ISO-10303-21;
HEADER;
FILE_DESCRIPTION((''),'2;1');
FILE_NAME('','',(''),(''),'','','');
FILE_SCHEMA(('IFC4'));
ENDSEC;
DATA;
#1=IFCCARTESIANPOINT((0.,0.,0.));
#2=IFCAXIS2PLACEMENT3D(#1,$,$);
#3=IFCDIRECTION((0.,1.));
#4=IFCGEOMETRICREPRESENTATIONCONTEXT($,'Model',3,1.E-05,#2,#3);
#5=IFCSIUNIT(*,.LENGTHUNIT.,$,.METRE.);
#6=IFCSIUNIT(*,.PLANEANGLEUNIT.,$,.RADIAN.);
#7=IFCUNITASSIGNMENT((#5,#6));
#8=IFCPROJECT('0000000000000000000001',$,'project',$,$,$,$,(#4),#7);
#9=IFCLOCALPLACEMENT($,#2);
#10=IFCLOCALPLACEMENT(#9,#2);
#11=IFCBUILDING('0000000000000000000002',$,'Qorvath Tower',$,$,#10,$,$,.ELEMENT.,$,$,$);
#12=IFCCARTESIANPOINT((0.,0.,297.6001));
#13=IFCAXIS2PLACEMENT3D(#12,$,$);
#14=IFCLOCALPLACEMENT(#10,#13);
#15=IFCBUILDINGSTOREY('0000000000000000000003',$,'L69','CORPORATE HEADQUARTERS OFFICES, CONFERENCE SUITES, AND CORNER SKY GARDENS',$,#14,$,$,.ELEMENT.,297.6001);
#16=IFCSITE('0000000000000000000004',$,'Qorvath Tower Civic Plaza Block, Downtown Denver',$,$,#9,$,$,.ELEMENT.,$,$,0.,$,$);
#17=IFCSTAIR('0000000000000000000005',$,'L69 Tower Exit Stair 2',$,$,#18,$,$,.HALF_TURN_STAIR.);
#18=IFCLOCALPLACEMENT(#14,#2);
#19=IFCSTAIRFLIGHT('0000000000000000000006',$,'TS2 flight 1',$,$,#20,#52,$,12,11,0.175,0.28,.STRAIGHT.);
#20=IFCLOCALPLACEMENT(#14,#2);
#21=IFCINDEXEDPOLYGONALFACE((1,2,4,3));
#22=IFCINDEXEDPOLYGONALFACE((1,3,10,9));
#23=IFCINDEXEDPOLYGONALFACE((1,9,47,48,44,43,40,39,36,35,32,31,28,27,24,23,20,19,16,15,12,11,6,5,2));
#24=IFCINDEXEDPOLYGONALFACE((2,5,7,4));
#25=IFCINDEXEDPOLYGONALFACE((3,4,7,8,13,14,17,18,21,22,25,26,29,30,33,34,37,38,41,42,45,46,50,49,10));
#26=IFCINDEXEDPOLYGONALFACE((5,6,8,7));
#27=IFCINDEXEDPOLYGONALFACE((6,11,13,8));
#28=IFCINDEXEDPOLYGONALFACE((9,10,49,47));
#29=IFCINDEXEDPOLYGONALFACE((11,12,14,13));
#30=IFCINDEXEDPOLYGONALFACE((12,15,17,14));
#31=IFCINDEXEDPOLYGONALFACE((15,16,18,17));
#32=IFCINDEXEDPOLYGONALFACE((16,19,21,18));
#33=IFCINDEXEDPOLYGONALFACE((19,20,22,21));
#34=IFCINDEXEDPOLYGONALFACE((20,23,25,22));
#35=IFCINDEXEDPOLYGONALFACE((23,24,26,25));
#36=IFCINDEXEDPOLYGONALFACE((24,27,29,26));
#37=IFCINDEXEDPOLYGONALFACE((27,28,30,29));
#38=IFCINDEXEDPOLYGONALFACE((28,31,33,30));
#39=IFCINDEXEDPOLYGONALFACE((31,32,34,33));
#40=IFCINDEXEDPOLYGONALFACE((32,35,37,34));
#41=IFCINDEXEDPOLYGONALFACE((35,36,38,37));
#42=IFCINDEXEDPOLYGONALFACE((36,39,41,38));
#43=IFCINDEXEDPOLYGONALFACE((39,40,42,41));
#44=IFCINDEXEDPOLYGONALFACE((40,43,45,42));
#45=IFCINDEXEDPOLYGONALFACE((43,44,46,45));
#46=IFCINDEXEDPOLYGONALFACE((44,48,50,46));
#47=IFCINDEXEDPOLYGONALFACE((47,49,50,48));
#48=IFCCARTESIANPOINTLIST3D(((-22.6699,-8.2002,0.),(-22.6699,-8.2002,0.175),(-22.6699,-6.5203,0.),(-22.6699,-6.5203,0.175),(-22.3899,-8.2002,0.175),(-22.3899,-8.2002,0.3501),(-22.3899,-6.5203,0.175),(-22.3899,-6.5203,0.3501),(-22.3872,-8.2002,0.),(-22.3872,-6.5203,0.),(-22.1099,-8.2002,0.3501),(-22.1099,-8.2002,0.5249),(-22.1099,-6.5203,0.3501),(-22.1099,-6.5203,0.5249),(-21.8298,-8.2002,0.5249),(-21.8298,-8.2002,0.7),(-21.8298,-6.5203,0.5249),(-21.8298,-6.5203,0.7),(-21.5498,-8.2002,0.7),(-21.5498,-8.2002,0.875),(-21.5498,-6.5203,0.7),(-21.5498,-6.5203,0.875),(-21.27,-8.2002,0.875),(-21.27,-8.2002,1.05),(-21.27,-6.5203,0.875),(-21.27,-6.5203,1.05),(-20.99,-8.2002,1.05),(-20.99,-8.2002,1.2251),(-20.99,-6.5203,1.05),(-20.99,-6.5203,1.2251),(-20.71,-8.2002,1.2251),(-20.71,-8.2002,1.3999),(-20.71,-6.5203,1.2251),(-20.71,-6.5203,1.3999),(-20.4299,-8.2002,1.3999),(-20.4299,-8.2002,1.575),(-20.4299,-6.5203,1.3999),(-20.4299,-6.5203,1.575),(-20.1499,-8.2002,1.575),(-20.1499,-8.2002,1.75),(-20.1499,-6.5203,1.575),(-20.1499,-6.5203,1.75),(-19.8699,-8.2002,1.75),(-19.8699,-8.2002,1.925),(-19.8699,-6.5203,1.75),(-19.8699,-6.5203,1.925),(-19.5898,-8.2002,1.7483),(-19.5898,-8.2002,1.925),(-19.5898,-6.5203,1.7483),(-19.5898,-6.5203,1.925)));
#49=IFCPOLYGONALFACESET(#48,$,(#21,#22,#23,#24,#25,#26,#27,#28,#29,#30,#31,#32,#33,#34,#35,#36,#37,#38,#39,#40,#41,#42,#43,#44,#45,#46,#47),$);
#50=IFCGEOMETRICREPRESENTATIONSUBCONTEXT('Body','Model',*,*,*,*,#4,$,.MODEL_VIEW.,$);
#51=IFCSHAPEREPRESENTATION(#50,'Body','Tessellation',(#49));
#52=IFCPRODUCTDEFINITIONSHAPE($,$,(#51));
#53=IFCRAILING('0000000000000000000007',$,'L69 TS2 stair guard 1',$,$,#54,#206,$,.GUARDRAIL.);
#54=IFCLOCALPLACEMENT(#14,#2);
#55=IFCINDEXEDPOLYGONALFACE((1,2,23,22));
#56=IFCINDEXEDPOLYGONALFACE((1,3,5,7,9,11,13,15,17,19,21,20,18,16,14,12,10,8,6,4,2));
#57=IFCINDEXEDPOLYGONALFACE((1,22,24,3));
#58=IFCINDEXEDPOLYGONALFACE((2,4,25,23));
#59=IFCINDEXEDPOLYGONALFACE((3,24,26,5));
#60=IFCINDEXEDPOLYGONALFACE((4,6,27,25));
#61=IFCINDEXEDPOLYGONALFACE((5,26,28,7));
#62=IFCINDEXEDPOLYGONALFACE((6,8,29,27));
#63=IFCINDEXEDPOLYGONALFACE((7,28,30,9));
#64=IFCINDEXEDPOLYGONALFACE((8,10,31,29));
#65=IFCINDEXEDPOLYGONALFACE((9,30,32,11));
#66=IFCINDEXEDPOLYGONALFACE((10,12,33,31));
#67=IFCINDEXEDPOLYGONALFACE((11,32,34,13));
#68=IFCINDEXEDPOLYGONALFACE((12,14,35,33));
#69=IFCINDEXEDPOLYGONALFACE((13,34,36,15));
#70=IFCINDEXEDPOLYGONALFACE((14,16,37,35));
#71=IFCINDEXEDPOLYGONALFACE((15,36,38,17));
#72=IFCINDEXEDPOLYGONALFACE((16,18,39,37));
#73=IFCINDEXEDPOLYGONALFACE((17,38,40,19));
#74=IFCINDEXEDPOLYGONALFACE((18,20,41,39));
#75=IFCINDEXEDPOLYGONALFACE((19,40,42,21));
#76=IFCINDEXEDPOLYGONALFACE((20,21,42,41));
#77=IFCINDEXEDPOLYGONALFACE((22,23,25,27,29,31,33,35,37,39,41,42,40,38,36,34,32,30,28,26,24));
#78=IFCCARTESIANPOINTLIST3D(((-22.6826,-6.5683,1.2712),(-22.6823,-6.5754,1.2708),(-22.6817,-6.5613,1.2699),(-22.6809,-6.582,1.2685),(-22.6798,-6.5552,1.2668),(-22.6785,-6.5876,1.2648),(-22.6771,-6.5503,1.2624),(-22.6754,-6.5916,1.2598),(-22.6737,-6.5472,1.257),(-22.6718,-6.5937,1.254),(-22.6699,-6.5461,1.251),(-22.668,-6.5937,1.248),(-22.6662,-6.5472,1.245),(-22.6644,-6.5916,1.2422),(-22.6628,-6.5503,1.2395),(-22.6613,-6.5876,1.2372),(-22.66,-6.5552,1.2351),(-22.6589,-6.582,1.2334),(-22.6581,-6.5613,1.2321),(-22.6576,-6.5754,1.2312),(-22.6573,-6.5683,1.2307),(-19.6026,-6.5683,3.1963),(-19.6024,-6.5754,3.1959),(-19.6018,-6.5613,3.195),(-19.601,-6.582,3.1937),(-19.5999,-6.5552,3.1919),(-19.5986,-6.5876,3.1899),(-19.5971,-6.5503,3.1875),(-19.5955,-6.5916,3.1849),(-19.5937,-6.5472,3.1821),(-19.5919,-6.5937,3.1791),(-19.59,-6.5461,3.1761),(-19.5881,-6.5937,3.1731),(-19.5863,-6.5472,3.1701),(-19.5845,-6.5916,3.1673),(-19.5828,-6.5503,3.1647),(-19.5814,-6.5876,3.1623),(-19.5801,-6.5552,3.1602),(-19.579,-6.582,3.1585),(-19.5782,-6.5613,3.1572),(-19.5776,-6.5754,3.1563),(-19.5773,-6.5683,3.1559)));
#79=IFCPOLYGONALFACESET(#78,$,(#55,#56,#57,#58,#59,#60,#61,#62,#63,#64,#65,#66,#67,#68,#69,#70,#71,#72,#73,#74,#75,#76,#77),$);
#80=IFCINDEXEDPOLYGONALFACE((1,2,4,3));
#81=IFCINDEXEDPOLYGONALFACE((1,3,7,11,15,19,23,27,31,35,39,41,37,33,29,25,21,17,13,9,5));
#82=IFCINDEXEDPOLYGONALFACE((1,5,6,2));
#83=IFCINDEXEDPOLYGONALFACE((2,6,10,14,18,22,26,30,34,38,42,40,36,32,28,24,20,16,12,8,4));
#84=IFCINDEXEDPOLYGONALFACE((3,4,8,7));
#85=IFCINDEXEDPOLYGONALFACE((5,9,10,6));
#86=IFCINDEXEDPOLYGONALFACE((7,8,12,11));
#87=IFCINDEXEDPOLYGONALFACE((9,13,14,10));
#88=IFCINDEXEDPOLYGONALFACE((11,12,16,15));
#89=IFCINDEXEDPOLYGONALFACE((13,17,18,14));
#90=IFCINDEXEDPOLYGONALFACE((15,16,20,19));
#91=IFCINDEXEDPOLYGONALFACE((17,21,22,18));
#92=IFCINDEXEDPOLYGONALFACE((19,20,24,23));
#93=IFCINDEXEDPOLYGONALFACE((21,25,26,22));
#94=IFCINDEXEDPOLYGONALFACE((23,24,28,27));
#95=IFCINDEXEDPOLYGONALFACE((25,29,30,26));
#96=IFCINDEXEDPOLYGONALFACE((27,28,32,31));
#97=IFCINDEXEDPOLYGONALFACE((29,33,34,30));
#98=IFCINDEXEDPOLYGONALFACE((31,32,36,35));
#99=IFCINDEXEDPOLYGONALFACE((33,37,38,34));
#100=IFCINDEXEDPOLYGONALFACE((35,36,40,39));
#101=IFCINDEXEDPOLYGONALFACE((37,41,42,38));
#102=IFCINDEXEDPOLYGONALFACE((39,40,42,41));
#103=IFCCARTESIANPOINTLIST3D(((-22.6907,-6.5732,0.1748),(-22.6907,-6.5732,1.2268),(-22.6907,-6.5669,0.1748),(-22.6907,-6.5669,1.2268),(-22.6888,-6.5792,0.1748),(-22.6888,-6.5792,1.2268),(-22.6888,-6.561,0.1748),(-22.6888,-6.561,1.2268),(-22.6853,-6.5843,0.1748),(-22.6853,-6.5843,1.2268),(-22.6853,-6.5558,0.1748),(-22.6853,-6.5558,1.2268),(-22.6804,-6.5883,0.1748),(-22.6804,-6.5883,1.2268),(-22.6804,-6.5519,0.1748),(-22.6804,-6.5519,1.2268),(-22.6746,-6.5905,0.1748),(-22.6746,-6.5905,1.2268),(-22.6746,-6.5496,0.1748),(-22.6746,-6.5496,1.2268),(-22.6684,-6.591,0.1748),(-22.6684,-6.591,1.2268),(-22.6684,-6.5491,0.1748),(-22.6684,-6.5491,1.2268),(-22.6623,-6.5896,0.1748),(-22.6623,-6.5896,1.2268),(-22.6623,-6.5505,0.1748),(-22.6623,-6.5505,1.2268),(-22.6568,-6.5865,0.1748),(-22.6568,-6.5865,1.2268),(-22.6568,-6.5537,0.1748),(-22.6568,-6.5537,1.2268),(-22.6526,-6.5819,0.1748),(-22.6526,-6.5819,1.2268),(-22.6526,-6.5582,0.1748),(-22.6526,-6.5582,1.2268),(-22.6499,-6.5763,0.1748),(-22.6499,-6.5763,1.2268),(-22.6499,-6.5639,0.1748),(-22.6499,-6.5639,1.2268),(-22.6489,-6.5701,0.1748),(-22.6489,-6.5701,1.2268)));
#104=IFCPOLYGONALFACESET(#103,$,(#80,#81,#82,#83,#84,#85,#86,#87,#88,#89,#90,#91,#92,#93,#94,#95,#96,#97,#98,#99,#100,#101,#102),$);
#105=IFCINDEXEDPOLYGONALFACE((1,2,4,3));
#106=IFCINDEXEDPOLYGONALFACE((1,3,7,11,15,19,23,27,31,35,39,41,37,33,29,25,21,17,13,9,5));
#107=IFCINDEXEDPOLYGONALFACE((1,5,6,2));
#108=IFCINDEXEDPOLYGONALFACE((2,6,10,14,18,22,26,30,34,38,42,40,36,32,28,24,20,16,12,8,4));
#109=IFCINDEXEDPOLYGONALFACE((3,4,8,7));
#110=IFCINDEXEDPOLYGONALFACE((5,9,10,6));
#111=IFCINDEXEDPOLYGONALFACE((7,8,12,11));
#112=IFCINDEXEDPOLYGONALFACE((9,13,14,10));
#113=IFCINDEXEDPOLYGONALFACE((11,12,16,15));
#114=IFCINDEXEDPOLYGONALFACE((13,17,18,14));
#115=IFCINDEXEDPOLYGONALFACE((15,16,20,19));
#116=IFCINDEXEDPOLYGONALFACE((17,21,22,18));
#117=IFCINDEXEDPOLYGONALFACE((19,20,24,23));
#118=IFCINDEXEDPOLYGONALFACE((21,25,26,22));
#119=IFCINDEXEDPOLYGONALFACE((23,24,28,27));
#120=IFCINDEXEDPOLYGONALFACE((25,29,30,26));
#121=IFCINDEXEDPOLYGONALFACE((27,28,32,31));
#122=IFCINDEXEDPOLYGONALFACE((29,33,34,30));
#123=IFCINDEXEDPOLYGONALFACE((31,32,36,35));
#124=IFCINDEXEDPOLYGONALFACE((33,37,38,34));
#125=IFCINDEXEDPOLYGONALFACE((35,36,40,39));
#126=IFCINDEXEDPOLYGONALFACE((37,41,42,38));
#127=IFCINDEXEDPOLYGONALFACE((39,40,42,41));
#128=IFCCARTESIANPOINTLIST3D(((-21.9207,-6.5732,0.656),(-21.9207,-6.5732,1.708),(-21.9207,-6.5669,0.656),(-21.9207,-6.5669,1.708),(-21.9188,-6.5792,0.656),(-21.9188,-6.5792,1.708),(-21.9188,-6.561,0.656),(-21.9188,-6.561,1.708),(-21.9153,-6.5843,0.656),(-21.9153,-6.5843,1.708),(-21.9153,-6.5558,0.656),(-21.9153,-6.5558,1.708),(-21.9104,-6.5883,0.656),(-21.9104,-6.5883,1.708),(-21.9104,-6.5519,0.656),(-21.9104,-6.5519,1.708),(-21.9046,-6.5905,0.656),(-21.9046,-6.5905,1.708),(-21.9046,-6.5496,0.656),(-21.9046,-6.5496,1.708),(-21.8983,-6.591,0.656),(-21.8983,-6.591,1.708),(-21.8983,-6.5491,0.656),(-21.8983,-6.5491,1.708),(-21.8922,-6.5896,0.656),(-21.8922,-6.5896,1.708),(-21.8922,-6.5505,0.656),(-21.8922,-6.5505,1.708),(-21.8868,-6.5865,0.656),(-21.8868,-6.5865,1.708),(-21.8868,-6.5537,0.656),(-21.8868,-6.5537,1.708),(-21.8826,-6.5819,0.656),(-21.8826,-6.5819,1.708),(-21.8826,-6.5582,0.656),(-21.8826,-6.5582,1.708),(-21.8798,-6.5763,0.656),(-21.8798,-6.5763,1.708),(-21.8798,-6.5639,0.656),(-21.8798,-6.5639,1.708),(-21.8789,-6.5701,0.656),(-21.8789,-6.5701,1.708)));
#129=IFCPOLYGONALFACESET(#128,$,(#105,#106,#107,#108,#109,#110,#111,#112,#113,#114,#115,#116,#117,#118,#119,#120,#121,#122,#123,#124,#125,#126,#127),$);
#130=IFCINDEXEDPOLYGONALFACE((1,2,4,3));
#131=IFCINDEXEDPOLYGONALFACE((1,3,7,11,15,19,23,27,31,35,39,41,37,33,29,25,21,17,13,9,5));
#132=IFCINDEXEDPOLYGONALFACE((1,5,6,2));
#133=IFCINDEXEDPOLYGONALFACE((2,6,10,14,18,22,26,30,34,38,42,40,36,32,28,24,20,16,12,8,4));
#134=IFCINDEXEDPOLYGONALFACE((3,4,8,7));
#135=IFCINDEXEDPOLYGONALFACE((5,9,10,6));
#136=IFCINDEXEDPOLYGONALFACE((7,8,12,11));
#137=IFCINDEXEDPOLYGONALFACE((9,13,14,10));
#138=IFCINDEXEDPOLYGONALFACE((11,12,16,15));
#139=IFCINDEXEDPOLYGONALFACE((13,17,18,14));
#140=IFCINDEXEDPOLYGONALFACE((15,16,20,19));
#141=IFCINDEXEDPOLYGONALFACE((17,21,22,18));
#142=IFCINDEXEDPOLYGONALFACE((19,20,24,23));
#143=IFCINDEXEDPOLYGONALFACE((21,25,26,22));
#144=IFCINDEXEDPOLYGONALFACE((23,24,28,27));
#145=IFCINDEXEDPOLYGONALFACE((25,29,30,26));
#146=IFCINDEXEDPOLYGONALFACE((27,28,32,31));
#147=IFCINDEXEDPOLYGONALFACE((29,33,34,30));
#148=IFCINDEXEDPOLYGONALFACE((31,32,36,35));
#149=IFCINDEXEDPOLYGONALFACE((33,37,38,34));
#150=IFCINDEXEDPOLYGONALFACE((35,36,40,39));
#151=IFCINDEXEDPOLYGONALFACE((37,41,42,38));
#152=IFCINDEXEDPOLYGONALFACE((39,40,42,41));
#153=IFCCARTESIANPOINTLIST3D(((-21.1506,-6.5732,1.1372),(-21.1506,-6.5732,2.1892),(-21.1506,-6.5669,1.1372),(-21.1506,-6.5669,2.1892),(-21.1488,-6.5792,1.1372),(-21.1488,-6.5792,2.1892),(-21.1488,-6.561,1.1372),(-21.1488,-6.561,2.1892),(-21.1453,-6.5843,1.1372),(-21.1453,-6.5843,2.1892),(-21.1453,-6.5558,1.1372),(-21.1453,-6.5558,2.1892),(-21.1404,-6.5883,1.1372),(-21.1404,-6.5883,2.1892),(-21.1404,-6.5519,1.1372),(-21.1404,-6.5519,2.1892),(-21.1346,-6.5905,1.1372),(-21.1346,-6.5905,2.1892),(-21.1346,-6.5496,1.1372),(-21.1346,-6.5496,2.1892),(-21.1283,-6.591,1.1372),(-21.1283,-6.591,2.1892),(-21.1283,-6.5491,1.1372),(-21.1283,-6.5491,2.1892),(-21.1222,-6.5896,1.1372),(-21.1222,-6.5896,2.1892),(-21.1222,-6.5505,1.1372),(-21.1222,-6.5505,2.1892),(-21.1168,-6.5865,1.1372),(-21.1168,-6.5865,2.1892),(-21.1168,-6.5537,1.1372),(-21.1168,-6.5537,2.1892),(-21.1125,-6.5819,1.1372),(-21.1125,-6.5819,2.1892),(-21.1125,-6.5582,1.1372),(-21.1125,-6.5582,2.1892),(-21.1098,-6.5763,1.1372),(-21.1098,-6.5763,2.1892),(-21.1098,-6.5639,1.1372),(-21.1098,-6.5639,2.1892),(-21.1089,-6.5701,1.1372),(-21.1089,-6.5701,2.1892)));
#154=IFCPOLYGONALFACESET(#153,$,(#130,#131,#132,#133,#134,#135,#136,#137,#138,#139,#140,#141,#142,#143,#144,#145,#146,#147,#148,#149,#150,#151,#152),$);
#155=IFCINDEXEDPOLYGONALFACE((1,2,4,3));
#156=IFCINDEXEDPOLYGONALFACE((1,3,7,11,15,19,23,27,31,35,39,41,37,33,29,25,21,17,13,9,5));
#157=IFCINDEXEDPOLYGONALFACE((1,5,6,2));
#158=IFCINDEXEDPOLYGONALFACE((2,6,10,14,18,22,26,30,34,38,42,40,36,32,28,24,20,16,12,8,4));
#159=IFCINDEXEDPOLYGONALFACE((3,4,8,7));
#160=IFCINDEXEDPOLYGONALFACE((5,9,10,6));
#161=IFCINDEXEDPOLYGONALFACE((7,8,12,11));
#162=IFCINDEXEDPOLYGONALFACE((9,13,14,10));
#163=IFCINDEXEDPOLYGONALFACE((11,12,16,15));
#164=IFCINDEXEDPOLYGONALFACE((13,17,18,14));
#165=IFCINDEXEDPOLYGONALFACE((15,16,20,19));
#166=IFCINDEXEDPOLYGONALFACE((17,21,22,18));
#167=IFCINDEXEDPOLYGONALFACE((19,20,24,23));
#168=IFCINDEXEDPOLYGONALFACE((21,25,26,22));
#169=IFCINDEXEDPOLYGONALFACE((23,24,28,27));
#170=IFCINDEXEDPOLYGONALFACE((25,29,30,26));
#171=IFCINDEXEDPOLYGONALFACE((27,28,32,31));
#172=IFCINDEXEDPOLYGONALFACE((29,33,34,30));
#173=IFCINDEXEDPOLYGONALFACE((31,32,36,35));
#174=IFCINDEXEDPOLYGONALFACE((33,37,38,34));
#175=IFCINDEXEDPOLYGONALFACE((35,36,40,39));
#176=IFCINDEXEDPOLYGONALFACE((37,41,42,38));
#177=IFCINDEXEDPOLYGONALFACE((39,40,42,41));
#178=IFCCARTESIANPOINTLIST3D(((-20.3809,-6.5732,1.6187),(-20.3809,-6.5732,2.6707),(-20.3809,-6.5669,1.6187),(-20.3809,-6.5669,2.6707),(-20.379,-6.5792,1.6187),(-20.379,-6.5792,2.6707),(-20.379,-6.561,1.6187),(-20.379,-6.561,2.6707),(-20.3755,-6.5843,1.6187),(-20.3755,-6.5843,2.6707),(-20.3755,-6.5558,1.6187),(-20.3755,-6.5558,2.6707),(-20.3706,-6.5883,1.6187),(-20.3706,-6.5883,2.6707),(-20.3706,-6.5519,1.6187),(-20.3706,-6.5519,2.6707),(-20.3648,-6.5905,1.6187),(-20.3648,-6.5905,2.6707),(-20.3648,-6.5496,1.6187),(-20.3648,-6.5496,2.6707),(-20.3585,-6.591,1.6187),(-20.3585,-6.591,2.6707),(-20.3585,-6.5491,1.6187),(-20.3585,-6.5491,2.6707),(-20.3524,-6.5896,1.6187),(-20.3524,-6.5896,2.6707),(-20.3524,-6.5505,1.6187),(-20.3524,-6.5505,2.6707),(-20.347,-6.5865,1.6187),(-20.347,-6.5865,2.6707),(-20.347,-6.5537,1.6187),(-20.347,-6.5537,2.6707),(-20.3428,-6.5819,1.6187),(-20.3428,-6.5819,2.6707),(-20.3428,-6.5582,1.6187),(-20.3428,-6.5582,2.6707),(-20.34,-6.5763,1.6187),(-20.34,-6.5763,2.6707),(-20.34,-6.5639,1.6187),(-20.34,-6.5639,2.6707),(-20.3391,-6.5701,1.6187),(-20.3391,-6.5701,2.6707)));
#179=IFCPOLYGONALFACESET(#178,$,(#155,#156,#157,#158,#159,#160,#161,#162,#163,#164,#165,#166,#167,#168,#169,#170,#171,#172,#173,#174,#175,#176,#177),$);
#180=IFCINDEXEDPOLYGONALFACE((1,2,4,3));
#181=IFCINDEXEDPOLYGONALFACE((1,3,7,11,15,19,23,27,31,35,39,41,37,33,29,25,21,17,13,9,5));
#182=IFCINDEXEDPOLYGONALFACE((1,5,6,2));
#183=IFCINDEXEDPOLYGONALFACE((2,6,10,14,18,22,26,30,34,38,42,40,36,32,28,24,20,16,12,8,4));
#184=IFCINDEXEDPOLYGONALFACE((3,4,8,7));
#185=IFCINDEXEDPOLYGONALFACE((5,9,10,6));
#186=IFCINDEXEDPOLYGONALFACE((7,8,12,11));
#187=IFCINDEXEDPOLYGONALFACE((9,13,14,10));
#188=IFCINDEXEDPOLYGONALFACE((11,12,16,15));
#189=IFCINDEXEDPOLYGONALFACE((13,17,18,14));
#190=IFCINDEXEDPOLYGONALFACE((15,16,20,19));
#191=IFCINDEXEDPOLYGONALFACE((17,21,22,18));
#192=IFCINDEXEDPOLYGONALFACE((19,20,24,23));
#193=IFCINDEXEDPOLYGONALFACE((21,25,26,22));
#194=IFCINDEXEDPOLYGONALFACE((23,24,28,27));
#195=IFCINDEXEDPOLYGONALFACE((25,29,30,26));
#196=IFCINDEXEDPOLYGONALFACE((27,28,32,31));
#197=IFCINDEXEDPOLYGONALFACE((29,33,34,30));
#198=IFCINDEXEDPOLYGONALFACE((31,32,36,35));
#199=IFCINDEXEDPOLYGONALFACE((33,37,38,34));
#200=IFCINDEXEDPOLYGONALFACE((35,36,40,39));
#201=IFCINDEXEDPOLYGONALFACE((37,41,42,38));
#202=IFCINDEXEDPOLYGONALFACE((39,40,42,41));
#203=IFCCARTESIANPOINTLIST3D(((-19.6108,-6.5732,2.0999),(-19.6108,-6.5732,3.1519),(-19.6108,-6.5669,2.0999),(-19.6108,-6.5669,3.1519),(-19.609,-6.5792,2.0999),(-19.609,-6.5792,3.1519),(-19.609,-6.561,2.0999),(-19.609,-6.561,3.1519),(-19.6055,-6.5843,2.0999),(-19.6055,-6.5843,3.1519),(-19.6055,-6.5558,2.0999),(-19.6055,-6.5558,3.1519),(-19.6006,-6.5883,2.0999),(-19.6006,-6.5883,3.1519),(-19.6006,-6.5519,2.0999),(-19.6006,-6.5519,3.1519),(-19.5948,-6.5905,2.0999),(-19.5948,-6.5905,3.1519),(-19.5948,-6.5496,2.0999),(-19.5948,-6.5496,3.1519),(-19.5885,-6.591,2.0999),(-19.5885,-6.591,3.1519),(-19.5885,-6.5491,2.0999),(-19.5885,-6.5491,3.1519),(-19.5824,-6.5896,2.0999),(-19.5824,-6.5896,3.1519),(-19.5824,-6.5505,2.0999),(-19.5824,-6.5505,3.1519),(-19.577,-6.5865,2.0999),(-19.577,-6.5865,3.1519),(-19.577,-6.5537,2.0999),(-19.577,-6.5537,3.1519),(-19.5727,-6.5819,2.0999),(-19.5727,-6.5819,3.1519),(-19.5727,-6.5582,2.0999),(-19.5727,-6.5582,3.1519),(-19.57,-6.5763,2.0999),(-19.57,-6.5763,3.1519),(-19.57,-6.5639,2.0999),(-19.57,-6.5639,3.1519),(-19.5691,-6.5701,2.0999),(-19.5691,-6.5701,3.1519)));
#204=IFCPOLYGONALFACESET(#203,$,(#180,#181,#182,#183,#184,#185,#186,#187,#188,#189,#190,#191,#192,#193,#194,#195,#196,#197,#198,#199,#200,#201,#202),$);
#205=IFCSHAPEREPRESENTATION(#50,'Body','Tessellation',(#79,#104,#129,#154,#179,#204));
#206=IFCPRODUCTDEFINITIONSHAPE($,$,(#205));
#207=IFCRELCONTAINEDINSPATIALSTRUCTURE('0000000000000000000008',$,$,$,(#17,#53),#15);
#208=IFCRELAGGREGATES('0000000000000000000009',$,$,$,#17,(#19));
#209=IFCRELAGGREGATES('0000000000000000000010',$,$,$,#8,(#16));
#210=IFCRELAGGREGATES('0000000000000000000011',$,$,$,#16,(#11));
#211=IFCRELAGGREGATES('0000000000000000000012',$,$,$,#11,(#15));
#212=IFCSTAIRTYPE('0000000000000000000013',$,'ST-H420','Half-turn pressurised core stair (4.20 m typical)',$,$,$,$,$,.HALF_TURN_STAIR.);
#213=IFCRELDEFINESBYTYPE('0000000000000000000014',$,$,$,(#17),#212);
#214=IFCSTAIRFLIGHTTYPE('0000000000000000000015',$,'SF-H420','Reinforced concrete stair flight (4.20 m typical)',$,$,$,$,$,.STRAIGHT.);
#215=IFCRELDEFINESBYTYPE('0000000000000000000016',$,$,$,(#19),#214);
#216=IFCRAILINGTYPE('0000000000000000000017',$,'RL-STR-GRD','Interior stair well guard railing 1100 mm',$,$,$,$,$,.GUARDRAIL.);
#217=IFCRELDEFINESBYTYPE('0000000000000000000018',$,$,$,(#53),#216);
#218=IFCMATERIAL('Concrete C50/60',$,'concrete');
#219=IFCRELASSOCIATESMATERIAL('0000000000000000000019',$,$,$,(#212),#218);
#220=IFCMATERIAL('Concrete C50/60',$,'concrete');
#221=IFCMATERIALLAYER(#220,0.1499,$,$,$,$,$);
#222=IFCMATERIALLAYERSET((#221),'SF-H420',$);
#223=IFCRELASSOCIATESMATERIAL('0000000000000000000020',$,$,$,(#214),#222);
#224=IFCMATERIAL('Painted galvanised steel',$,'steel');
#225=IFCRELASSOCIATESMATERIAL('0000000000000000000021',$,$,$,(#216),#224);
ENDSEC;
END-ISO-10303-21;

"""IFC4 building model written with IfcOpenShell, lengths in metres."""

from ifc_helpers import new_model, si_unit, direction, frame, origin, origin_2d, place, context, subcontext, project, spatial, polyline, circle, outline, extrude, material, layer, layer_set, type_object, element, aggregate, save


model = new_model("IFC4")

# Units and contexts
model_context = context("Model", 3, precision=1e-05, world=origin(), true_north=direction((0.0, 1.0)))
body_context = subcontext(model_context, "Body", "Model", "MODEL_VIEW")
ifc_project = project(units=[si_unit("LENGTHUNIT", "METRE"), si_unit("PLANEANGLEUNIT", "RADIAN")], contexts=[model_context])

# Site, building, storey
site_placement = place(None, origin())
site = spatial("IfcSite", under=ifc_project, at=site_placement, Name="Qorvath Tower Civic Plaza Block, Downtown Denver", CompositionType="ELEMENT", RefElevation=0.0)
building_placement = place(site_placement, origin())
building = spatial("IfcBuilding", under=site, at=building_placement, Name="Qorvath Tower", CompositionType="ELEMENT")
storey_placement = place(building_placement, frame((0.0, 0.0, 297.6001)))
storey = spatial("IfcBuildingStorey", under=building, at=storey_placement, Name="L69", Description="CORPORATE HEADQUARTERS OFFICES, CONFERENCE SUITES, AND CORNER SKY GARDENS", CompositionType="ELEMENT", Elevation=297.6001)

# Stair, stair flight
ifc_material_1 = material(Name="Concrete C50/60", Category="concrete")
stair_type = type_object("IfcStairType", Name="ST-H420", Description="Half-turn pressurised core stair (4.20 m typical)", PredefinedType="HALF_TURN_STAIR", material=ifc_material_1)
stair_placement = place(storey_placement, origin())
stair = element("IfcStair", 1, at=stair_placement, inside=storey, type_object=stair_type, Name="L69 Tower Exit Stair 2", PredefinedType="HALF_TURN_STAIR")
ifc_material_2 = material(Name="Concrete C50/60", Category="concrete")
ifc_layer_1 = layer(ifc_material_2, 0.1499)
ifc_layer_set_1 = layer_set([ifc_layer_1], Name="SF-H420")
stair_flight_type = type_object("IfcStairFlightType", Name="SF-H420", Description="Reinforced concrete stair flight (4.20 m typical)", PredefinedType="STRAIGHT", material=ifc_layer_set_1)
stair_flight_placement = place(storey_placement, frame((-22.6699, -7.3601, 0.0), z_axis=(0.0, 0.0, 1.0), x_axis=(1.0, 0.0, 0.0)))
stair_flight = element("IfcStairFlight", 2, at=stair_flight_placement, type_object=stair_flight_type, Name="TS2 flight 1", NumberOfRisers=12, NumberOfTreads=11, PredefinedType="STRAIGHT", RiserHeight=0.175, TreadLength=0.28, context=body_context, shape_type="SweptSolid", body=[
    extrude(outline(polyline([(0.0, 0.0), (0.0, 0.175), (0.28, 0.175), (0.28, 0.3501), (0.5601, 0.3501), (0.5601, 0.5249), (0.8401, 0.5249), (0.8401, 0.7), (1.1201, 0.7), (1.1201, 0.875), (1.3999, 0.875), (1.3999, 1.05), (1.6799, 1.05), (1.6799, 1.2251), (1.96, 1.2251), (1.96, 1.3999), (2.24, 1.3999), (2.24, 1.575), (2.52, 1.575), (2.52, 1.75), (2.8, 1.75), (2.8, 1.925), (3.0801, 1.925), (3.0801, 2.1001), (3.0801, 1.7483), (0.2827, 0.0), (0.0, 0.0)])), frame((0.0, 0.8398, 0.0), z_axis=(0.0, -1.0, 0.0), x_axis=(1.0, 0.0, 0.0)), (0.0, 0.0, 1.0), 1.6799),
])
aggregate(stair, [stair_flight])

# Railing
ifc_material_3 = material(Name="Painted galvanised steel", Category="steel")
railing_type = type_object("IfcRailingType", Name="RL-STR-GRD", Description="Interior stair well guard railing 1100 mm", PredefinedType="GUARDRAIL", material=ifc_material_3)
railing_1_placement = place(storey_placement, frame((-22.6699, -6.5701, 0.1748)))
element("IfcRailing", 3, at=railing_1_placement, inside=storey, type_object=railing_type, Name="L69 TS2 stair guard 1", PredefinedType="GUARDRAIL", context=body_context, shape_type="SweptSolid", body=[
    extrude(circle(Radius=0.0239, at=origin_2d()), frame((0.0, 0.0, 1.0762), z_axis=(0.847979, 0.0, 0.530029), x_axis=(0.0, 1.0, 0.0)), (0.0, 0.0, 1.0), 3.6321),
    extrude(circle(Radius=0.021, at=origin_2d()), origin(), (0.0, 0.0, 1.0), 1.052),
    extrude(circle(Radius=0.021, at=origin_2d()), frame((0.77, 0.0, 0.4812)), (0.0, 0.0, 1.0), 1.052),
    extrude(circle(Radius=0.021, at=origin_2d()), frame((1.54, 0.0, 0.9624)), (0.0, 0.0, 1.0), 1.052),
    extrude(circle(Radius=0.021, at=origin_2d()), frame((2.3098, 0.0, 1.4438)), (0.0, 0.0, 1.0), 1.052),
    extrude(circle(Radius=0.021, at=origin_2d()), frame((3.0798, 0.0, 1.925)), (0.0, 0.0, 1.0), 1.052),
])

save(model, "model.ifc")
